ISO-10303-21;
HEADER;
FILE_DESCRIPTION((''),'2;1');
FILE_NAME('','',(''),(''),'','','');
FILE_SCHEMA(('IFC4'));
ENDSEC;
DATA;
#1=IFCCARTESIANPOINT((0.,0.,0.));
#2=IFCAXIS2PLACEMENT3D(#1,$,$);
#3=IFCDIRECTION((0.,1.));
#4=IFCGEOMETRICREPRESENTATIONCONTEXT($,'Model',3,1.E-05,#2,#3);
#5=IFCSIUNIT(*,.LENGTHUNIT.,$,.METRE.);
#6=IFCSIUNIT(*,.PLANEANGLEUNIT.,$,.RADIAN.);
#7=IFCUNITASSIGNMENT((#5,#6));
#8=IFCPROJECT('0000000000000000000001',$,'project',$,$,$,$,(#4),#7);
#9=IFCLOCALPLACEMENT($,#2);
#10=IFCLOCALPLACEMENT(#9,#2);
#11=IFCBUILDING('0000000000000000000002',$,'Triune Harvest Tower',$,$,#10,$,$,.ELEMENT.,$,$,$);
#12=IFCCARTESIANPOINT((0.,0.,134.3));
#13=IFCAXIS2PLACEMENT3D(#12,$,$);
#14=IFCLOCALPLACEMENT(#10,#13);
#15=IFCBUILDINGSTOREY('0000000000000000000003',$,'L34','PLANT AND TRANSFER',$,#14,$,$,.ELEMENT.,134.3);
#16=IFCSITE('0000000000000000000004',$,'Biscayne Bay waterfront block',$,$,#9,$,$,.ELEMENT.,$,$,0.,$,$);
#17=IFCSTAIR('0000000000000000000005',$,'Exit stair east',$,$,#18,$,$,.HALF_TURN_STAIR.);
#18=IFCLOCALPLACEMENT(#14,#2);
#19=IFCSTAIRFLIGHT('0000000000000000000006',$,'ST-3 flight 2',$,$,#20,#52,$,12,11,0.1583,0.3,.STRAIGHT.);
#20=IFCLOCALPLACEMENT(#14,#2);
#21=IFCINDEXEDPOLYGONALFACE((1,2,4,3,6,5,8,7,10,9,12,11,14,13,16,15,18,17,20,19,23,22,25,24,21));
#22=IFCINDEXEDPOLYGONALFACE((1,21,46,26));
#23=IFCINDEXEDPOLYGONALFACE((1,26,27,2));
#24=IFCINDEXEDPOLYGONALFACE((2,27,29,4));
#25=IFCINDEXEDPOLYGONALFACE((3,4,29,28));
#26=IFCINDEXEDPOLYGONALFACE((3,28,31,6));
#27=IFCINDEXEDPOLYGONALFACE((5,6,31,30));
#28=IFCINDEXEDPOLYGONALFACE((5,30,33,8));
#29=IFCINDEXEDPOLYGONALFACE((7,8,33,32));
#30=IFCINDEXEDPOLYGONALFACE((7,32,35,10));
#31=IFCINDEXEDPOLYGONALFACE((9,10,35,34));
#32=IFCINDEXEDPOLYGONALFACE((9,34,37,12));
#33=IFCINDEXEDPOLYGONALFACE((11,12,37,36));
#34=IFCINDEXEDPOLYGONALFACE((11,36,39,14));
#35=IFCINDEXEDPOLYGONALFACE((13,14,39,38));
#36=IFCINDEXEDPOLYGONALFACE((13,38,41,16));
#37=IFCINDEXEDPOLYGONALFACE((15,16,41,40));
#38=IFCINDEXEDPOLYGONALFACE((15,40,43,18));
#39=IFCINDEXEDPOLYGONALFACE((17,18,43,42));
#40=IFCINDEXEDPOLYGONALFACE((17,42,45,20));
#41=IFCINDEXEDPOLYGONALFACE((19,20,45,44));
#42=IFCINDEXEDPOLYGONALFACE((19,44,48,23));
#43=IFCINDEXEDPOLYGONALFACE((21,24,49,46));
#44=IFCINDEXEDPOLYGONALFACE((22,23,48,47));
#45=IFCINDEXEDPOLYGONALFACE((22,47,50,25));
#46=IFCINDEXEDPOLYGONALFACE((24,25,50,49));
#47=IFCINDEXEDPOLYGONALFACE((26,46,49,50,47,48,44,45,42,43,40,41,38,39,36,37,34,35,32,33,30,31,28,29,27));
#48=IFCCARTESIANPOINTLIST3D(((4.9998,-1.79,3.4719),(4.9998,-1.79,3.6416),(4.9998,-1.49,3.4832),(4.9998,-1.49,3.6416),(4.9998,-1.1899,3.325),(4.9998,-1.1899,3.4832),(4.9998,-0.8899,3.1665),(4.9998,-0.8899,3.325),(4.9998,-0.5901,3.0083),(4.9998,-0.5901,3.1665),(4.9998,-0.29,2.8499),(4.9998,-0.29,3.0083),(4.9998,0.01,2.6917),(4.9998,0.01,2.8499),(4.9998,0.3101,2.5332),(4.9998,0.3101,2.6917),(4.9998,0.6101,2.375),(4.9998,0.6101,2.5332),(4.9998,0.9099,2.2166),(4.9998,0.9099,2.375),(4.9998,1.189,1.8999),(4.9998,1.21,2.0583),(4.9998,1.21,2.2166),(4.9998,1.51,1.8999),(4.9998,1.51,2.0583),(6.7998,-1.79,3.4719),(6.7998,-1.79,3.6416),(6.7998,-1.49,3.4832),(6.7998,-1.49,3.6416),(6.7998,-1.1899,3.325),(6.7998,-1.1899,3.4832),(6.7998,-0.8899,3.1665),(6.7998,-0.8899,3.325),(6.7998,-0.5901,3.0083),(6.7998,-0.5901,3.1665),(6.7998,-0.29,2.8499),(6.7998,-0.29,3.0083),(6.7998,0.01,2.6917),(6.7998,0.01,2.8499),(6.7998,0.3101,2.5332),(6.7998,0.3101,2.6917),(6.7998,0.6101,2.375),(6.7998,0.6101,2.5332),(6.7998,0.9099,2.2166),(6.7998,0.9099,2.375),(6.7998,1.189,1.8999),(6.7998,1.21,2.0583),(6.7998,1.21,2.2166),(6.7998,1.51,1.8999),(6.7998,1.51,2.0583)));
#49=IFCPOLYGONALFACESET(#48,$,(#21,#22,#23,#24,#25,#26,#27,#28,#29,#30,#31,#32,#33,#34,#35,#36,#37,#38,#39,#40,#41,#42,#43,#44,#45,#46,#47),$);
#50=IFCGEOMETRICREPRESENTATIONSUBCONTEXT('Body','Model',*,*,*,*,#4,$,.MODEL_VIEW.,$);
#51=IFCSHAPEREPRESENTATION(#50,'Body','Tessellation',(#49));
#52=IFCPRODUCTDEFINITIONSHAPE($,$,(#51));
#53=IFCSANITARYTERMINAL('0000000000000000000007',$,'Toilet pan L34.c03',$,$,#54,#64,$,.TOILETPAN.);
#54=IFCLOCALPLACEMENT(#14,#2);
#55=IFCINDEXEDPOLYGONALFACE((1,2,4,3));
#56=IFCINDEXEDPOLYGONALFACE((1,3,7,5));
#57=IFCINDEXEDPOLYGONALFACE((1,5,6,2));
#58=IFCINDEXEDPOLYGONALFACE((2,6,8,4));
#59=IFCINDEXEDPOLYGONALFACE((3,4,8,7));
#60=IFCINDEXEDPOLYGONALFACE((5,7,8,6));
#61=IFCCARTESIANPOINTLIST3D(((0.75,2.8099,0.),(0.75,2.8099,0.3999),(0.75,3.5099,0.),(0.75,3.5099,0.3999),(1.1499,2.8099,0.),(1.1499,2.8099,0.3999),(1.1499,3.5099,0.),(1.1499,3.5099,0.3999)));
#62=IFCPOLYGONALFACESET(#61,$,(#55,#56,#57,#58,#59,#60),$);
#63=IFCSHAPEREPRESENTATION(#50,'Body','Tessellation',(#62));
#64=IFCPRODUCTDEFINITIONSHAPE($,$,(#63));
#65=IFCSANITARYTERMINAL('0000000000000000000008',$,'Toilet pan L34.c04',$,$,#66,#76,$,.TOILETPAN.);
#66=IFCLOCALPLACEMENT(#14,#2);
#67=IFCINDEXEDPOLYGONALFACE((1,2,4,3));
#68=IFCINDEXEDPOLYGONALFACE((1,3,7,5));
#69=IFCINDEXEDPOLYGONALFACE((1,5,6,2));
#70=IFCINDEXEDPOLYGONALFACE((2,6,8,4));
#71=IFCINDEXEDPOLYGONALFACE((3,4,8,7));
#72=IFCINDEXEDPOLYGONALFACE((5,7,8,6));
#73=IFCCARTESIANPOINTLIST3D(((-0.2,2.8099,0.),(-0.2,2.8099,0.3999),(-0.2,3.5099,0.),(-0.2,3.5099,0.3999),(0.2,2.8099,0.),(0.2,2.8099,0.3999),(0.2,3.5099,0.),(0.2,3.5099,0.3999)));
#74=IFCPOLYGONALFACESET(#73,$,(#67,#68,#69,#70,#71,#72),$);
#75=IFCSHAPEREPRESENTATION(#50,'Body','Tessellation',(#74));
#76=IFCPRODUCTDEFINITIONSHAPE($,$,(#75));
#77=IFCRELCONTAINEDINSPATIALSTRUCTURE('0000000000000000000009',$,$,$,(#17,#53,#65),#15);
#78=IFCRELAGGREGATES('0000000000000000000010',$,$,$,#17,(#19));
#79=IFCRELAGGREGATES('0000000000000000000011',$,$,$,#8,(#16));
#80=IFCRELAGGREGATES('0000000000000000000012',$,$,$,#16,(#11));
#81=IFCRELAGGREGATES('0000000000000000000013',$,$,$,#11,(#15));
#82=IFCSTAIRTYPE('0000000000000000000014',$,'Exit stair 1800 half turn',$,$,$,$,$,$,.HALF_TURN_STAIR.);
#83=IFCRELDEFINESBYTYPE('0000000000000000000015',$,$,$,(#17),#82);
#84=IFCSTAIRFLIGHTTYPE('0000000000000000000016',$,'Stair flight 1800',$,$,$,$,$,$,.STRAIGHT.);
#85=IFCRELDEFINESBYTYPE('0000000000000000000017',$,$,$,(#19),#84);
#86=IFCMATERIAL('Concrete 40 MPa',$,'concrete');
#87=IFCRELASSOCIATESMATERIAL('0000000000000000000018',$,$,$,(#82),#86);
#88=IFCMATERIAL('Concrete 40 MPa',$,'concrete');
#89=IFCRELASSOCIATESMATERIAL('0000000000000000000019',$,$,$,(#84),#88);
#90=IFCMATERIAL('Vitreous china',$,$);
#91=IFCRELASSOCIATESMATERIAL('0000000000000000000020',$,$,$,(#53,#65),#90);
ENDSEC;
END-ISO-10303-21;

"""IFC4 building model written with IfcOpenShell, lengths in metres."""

from ifc_helpers import new_model, si_unit, direction, frame, origin, origin_2d, place, context, subcontext, project, spatial, polyline, rectangle, outline, extrude, source, transform, mapped, material, type_object, element, aggregate, save


model = new_model("IFC4")

# Units and contexts
model_context = context("Model", 3, precision=1e-05, world=origin(), true_north=direction((0.0, 1.0)))
body_context = subcontext(model_context, "Body", "Model", "MODEL_VIEW")
ifc_project = project(units=[si_unit("LENGTHUNIT", "METRE"), si_unit("PLANEANGLEUNIT", "RADIAN")], contexts=[model_context])

# Site, building, storey
site_placement = place(None, origin())
site = spatial("IfcSite", under=ifc_project, at=site_placement, Name="Biscayne Bay waterfront block", CompositionType="ELEMENT", RefElevation=0.0)
building_placement = place(site_placement, origin())
building = spatial("IfcBuilding", under=site, at=building_placement, Name="Triune Harvest Tower", CompositionType="ELEMENT")
storey_placement = place(building_placement, frame((0.0, 0.0, 134.3)))
storey = spatial("IfcBuildingStorey", under=building, at=storey_placement, Name="L34", Description="PLANT AND TRANSFER", CompositionType="ELEMENT", Elevation=134.3)

# Stair
ifc_material_1 = material(Name="Concrete 40 MPa", Category="concrete")
stair_type = type_object("IfcStairType", Name="Exit stair 1800 half turn", PredefinedType="HALF_TURN_STAIR", material=ifc_material_1)
stair_1_placement = place(storey_placement, origin())
stair_1 = element("IfcStair", 1, at=stair_1_placement, inside=storey, type_object=stair_type, Name="Exit stair east", PredefinedType="HALF_TURN_STAIR")

# Stair flight
ifc_material_2 = material(Name="Concrete 40 MPa", Category="concrete")
stair_flight_type = type_object("IfcStairFlightType", Name="Stair flight 1800", PredefinedType="STRAIGHT", material=ifc_material_2)
shared_shape_1 = source(origin(), body_context, "Body", "SweptSolid", [
    extrude(outline(polyline([(0.0, 0.0), (0.0, 0.1584), (0.3, 0.1584), (0.3, 0.3167), (0.6001, 0.3167), (0.6001, 0.4751), (0.8999, 0.4751), (0.8999, 0.6333), (1.2, 0.6333), (1.2, 0.7917), (1.5, 0.7917), (1.5, 0.95), (1.8, 0.95), (1.8, 1.1084), (2.1001, 1.1084), (2.1001, 1.2666), (2.3999, 1.2666), (2.3999, 1.425), (2.7, 1.425), (2.7, 1.5833), (3.0, 1.5833), (3.0, 1.7417), (3.3, 1.7417), (3.3, 1.8999), (3.3, 1.572), (0.321, 0.0), (0.0, 0.0)])), frame((0.0, 0.8999, 0.0), z_axis=(0.0, -1.0, 0.0), x_axis=(1.0, 0.0, 0.0)), (0.0, 0.0, 1.0), 1.8),
])
stair_flight_1_placement = place(storey_placement, frame((5.8999, 1.51, 1.8999), z_axis=(0.0, 0.0, 1.0), x_axis=(0.0, -1.0, 0.0)))
stair_flight_1 = element("IfcStairFlight", 2, at=stair_flight_1_placement, type_object=stair_flight_type, Name="ST-3 flight 2", NumberOfRisers=12, NumberOfTreads=11, PredefinedType="STRAIGHT", RiserHeight=0.1583, TreadLength=0.3, context=body_context, shape_type="MappedRepresentation", body=[
    mapped(shared_shape_1, transform((0.0, 0.0, 0.0), scale=1.0)),
])
aggregate(stair_1, [stair_flight_1])

# Sanitary terminals
ifc_material_3 = material(Name="Vitreous china")
shared_shape_2 = source(origin(), body_context, "Body", "SweptSolid", [
    extrude(rectangle(XDim=0.3999, YDim=0.7, at=origin_2d()), origin(), (0.0, 0.0, 1.0), 0.3999),
])
for number, where, z_axis, x_axis, name in (
    (3, (0.95, 3.1599, 0.0), (0.0, 0.0, 1.0), (-1.0, 0.0, 0.0), "Toilet pan L34.c03"),
    (4, (0.0, 3.1599, 0.0), (0.0, 0.0, 1.0), (-1.0, 0.0, 0.0), "Toilet pan L34.c04"),
):
    element("IfcSanitaryTerminal", number, at=place(storey_placement, frame(where, z_axis=z_axis, x_axis=x_axis)), inside=storey, material=ifc_material_3, Name=name, PredefinedType="TOILETPAN", context=body_context, shape_type="MappedRepresentation", body=[
        mapped(shared_shape_2, transform((0.0, 0.0, 0.0), scale=1.0)),
    ])

save(model, "model.ifc")
